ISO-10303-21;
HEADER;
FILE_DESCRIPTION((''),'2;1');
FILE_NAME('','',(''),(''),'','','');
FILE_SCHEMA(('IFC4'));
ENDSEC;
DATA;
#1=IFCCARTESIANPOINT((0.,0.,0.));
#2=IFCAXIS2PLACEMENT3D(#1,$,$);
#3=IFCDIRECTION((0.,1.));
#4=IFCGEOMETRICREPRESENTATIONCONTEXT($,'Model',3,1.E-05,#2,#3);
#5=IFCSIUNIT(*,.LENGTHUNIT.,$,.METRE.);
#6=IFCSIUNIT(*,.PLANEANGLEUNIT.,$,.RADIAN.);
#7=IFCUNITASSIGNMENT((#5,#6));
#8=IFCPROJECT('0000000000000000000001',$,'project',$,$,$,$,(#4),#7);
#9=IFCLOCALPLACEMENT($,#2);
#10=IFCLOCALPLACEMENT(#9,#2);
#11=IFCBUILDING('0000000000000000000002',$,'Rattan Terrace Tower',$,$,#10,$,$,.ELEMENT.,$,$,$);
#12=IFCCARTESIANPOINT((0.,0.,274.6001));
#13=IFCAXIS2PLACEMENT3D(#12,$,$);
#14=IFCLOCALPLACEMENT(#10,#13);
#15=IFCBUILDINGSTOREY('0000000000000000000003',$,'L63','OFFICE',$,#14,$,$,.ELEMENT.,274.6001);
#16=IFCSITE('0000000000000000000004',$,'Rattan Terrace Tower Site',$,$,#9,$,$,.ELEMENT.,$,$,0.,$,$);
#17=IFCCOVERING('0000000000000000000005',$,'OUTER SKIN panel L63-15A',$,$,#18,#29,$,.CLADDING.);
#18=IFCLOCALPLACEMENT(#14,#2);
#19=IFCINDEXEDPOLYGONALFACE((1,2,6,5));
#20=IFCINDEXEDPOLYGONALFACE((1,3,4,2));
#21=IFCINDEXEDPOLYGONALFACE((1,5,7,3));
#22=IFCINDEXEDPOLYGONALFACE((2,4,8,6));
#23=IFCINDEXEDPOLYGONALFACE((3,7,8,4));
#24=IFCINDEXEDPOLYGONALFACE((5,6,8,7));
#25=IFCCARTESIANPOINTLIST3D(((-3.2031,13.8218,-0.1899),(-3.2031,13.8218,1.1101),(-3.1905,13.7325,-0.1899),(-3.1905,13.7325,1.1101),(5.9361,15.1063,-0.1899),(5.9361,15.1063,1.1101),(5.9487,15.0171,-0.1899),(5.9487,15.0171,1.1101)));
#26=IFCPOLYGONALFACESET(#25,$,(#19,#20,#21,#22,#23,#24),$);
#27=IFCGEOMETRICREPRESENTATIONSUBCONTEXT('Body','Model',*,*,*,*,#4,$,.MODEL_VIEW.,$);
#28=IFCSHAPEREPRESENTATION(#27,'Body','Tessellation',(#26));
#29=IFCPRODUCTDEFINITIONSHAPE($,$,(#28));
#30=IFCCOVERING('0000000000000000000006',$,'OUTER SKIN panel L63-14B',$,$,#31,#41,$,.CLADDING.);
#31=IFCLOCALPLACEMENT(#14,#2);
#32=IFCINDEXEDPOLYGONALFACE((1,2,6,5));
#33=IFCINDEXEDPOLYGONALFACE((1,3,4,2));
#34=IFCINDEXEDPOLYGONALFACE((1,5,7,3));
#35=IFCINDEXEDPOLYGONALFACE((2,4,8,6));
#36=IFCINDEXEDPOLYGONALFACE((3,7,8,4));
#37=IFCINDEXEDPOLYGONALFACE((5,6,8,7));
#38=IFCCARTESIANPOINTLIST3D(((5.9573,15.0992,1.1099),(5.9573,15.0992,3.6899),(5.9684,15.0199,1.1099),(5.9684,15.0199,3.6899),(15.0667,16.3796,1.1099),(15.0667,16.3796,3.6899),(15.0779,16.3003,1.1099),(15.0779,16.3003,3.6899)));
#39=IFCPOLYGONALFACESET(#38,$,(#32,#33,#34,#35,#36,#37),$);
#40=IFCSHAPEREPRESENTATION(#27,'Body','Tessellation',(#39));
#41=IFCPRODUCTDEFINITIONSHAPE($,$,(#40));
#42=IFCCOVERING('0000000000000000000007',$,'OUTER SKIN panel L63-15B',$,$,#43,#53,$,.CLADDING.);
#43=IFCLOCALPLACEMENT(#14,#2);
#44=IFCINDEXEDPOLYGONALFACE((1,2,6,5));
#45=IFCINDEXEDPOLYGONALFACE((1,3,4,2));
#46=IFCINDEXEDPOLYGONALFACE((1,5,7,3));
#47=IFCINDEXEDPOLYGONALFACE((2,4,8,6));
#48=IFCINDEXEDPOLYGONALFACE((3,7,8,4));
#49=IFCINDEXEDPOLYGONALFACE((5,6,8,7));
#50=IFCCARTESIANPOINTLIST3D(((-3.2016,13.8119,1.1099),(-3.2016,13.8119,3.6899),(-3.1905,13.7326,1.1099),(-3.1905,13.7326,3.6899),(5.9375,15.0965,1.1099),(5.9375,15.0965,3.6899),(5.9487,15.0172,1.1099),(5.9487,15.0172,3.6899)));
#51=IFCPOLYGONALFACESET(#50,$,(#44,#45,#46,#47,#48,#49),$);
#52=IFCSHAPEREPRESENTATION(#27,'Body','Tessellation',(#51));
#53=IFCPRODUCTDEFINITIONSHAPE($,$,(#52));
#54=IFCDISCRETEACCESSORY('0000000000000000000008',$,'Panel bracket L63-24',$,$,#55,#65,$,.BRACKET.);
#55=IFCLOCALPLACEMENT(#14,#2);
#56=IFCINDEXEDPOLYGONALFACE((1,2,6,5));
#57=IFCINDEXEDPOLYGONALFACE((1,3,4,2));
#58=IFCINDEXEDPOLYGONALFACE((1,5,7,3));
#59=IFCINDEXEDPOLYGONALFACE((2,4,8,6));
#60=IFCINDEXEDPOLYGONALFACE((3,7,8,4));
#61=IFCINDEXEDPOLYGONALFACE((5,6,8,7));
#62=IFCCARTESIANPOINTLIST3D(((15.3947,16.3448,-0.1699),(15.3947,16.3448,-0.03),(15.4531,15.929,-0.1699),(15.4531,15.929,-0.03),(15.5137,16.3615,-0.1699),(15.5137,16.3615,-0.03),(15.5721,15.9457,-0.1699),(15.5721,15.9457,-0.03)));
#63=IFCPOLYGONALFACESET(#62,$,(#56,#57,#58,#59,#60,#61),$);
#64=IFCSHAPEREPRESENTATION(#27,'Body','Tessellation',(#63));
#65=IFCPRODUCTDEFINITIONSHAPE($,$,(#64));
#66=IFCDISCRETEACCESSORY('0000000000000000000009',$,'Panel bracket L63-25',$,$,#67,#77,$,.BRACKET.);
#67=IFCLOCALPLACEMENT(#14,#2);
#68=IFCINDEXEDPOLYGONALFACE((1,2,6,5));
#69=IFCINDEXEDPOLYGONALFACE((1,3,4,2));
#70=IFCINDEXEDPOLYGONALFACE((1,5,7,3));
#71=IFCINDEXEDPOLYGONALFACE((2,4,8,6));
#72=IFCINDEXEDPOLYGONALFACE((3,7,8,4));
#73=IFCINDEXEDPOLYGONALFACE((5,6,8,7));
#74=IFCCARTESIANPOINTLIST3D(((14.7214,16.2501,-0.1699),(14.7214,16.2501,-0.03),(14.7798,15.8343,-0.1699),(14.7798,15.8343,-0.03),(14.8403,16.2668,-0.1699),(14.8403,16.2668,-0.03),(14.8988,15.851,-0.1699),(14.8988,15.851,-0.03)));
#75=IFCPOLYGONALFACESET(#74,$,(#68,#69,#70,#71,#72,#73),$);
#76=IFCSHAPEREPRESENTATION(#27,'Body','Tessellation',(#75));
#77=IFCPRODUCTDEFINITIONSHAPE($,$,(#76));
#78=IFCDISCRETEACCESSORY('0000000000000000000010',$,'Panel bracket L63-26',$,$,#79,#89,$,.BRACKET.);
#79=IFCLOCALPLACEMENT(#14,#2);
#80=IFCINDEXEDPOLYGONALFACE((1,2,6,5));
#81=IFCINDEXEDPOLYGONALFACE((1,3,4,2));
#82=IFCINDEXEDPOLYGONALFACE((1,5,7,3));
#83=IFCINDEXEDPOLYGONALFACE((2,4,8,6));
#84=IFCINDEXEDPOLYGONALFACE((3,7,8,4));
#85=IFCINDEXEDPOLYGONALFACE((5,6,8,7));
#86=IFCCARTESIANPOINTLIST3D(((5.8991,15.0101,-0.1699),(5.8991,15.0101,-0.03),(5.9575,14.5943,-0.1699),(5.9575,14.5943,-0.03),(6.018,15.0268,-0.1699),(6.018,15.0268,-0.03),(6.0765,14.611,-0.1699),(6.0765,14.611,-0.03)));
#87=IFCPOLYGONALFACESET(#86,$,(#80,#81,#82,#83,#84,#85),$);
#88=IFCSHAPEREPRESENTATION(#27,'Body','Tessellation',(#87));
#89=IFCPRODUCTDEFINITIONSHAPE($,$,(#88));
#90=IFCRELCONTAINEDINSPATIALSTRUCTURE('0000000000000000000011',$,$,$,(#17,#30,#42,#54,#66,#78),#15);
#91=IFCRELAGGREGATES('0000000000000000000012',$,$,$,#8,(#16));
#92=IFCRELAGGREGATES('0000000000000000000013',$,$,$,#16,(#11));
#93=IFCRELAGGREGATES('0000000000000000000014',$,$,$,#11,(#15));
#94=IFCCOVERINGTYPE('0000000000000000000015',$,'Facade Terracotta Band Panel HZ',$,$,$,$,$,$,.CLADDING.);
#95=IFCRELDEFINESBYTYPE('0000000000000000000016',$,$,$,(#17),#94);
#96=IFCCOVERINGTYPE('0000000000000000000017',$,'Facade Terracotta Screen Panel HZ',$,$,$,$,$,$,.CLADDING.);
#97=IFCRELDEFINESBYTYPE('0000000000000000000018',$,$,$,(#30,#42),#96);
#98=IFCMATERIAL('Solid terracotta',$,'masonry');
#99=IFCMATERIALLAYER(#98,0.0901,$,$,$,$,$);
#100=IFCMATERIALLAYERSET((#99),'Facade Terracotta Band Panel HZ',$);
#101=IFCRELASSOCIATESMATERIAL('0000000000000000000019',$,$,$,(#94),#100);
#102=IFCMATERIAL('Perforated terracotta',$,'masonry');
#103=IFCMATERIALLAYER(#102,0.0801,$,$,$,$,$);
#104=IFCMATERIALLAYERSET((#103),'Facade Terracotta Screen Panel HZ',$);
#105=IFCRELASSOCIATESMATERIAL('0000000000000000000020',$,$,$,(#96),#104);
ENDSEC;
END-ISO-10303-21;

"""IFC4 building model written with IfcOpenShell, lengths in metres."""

from ifc_helpers import new_model, si_unit, direction, frame, origin, origin_2d, place, context, subcontext, project, spatial, rectangle, extrude, material, layer, layer_set, type_object, element, save


model = new_model("IFC4")

# Units and contexts
model_context = context("Model", 3, precision=1e-05, world=origin(), true_north=direction((0.0, 1.0)))
body_context = subcontext(model_context, "Body", "Model", "MODEL_VIEW")
ifc_project = project(units=[si_unit("LENGTHUNIT", "METRE"), si_unit("PLANEANGLEUNIT", "RADIAN")], contexts=[model_context])

# Site, building, storey
site_placement = place(None, origin())
site = spatial("IfcSite", under=ifc_project, at=site_placement, Name="Rattan Terrace Tower Site", CompositionType="ELEMENT", RefElevation=0.0)
building_placement = place(site_placement, origin())
building = spatial("IfcBuilding", under=site, at=building_placement, Name="Rattan Terrace Tower", CompositionType="ELEMENT")
storey_placement = place(building_placement, frame((0.0, 0.0, 274.6001)))
storey = spatial("IfcBuildingStorey", under=building, at=storey_placement, Name="L63", Description="OFFICE", CompositionType="ELEMENT", Elevation=274.6001)

# Coverings
ifc_material_1 = material(Name="Solid terracotta", Category="masonry")
ifc_layer_1 = layer(ifc_material_1, 0.0901)
ifc_layer_set_1 = layer_set([ifc_layer_1], Name="Facade Terracotta Band Panel HZ")
covering_type_1 = type_object("IfcCoveringType", Name="Facade Terracotta Band Panel HZ", PredefinedType="CLADDING", material=ifc_layer_set_1)
covering_1_placement = place(storey_placement, frame((1.3728, 14.4194, -0.1899), z_axis=(0.0, 0.0, 1.0), x_axis=(-0.990266, -0.139189, 0.0)))
element("IfcCovering", 1, at=covering_1_placement, inside=storey, type_object=covering_type_1, Name="OUTER SKIN panel L63-15A", PredefinedType="CLADDING", context=body_context, shape_type="SweptSolid", body=[
    extrude(rectangle(XDim=9.229, YDim=0.0901, at=origin_2d()), origin(), (0.0, 0.0, 1.0), 1.3),
])
ifc_material_2 = material(Name="Perforated terracotta", Category="masonry")
ifc_layer_2 = layer(ifc_material_2, 0.0801)
ifc_layer_set_2 = layer_set([ifc_layer_2], Name="Facade Terracotta Screen Panel HZ")
covering_type_2 = type_object("IfcCoveringType", Name="Facade Terracotta Screen Panel HZ", PredefinedType="CLADDING", material=ifc_layer_set_2)
covering_2_placement = place(storey_placement, frame((10.5176, 15.6997, 1.1099), z_axis=(0.0, 0.0, 1.0), x_axis=(-0.990266, -0.139189, 0.0)))
element("IfcCovering", 2, at=covering_2_placement, inside=storey, type_object=covering_type_2, Name="OUTER SKIN panel L63-14B", PredefinedType="CLADDING", context=body_context, shape_type="SweptSolid", body=[
    extrude(rectangle(XDim=9.199, YDim=0.0801, at=origin_2d()), origin(), (0.0, 0.0, 1.0), 2.5801),
])
covering_3_placement = place(storey_placement, frame((1.3735, 14.4146, 1.1099), z_axis=(0.0, 0.0, 1.0), x_axis=(-0.990266, -0.139189, 0.0)))
element("IfcCovering", 3, at=covering_3_placement, inside=storey, type_object=covering_type_2, Name="OUTER SKIN panel L63-15B", PredefinedType="CLADDING", context=body_context, shape_type="SweptSolid", body=[
    extrude(rectangle(XDim=9.229, YDim=0.0801, at=origin_2d()), origin(), (0.0, 0.0, 1.0), 2.5801),
])

# Discrete accessories
for number, where, z_axis, x_axis, name in (
    (4, (15.4834, 16.1453, -0.1699), (0.0, 0.0, 1.0), (-0.990287, -0.13904, 0.0), "Panel bracket L63-24"),
    (5, (14.8101, 16.0505, -0.1699), (0.0, 0.0, 1.0), (-0.990266, -0.139189, 0.0), "Panel bracket L63-25"),
    (6, (5.9878, 14.8105, -0.1699), (0.0, 0.0, 1.0), (-0.990266, -0.139189, 0.0), "Panel bracket L63-26"),
):
    element("IfcDiscreteAccessory", number, at=place(storey_placement, frame(where, z_axis=z_axis, x_axis=x_axis)), inside=storey, Name=name, PredefinedType="BRACKET", context=body_context, shape_type="SweptSolid", body=[
        extrude(rectangle(XDim=0.1201, YDim=0.4199, at=origin_2d()), origin(), (0.0, 0.0, 1.0), 0.1399),
    ])

save(model, "model.ifc")
